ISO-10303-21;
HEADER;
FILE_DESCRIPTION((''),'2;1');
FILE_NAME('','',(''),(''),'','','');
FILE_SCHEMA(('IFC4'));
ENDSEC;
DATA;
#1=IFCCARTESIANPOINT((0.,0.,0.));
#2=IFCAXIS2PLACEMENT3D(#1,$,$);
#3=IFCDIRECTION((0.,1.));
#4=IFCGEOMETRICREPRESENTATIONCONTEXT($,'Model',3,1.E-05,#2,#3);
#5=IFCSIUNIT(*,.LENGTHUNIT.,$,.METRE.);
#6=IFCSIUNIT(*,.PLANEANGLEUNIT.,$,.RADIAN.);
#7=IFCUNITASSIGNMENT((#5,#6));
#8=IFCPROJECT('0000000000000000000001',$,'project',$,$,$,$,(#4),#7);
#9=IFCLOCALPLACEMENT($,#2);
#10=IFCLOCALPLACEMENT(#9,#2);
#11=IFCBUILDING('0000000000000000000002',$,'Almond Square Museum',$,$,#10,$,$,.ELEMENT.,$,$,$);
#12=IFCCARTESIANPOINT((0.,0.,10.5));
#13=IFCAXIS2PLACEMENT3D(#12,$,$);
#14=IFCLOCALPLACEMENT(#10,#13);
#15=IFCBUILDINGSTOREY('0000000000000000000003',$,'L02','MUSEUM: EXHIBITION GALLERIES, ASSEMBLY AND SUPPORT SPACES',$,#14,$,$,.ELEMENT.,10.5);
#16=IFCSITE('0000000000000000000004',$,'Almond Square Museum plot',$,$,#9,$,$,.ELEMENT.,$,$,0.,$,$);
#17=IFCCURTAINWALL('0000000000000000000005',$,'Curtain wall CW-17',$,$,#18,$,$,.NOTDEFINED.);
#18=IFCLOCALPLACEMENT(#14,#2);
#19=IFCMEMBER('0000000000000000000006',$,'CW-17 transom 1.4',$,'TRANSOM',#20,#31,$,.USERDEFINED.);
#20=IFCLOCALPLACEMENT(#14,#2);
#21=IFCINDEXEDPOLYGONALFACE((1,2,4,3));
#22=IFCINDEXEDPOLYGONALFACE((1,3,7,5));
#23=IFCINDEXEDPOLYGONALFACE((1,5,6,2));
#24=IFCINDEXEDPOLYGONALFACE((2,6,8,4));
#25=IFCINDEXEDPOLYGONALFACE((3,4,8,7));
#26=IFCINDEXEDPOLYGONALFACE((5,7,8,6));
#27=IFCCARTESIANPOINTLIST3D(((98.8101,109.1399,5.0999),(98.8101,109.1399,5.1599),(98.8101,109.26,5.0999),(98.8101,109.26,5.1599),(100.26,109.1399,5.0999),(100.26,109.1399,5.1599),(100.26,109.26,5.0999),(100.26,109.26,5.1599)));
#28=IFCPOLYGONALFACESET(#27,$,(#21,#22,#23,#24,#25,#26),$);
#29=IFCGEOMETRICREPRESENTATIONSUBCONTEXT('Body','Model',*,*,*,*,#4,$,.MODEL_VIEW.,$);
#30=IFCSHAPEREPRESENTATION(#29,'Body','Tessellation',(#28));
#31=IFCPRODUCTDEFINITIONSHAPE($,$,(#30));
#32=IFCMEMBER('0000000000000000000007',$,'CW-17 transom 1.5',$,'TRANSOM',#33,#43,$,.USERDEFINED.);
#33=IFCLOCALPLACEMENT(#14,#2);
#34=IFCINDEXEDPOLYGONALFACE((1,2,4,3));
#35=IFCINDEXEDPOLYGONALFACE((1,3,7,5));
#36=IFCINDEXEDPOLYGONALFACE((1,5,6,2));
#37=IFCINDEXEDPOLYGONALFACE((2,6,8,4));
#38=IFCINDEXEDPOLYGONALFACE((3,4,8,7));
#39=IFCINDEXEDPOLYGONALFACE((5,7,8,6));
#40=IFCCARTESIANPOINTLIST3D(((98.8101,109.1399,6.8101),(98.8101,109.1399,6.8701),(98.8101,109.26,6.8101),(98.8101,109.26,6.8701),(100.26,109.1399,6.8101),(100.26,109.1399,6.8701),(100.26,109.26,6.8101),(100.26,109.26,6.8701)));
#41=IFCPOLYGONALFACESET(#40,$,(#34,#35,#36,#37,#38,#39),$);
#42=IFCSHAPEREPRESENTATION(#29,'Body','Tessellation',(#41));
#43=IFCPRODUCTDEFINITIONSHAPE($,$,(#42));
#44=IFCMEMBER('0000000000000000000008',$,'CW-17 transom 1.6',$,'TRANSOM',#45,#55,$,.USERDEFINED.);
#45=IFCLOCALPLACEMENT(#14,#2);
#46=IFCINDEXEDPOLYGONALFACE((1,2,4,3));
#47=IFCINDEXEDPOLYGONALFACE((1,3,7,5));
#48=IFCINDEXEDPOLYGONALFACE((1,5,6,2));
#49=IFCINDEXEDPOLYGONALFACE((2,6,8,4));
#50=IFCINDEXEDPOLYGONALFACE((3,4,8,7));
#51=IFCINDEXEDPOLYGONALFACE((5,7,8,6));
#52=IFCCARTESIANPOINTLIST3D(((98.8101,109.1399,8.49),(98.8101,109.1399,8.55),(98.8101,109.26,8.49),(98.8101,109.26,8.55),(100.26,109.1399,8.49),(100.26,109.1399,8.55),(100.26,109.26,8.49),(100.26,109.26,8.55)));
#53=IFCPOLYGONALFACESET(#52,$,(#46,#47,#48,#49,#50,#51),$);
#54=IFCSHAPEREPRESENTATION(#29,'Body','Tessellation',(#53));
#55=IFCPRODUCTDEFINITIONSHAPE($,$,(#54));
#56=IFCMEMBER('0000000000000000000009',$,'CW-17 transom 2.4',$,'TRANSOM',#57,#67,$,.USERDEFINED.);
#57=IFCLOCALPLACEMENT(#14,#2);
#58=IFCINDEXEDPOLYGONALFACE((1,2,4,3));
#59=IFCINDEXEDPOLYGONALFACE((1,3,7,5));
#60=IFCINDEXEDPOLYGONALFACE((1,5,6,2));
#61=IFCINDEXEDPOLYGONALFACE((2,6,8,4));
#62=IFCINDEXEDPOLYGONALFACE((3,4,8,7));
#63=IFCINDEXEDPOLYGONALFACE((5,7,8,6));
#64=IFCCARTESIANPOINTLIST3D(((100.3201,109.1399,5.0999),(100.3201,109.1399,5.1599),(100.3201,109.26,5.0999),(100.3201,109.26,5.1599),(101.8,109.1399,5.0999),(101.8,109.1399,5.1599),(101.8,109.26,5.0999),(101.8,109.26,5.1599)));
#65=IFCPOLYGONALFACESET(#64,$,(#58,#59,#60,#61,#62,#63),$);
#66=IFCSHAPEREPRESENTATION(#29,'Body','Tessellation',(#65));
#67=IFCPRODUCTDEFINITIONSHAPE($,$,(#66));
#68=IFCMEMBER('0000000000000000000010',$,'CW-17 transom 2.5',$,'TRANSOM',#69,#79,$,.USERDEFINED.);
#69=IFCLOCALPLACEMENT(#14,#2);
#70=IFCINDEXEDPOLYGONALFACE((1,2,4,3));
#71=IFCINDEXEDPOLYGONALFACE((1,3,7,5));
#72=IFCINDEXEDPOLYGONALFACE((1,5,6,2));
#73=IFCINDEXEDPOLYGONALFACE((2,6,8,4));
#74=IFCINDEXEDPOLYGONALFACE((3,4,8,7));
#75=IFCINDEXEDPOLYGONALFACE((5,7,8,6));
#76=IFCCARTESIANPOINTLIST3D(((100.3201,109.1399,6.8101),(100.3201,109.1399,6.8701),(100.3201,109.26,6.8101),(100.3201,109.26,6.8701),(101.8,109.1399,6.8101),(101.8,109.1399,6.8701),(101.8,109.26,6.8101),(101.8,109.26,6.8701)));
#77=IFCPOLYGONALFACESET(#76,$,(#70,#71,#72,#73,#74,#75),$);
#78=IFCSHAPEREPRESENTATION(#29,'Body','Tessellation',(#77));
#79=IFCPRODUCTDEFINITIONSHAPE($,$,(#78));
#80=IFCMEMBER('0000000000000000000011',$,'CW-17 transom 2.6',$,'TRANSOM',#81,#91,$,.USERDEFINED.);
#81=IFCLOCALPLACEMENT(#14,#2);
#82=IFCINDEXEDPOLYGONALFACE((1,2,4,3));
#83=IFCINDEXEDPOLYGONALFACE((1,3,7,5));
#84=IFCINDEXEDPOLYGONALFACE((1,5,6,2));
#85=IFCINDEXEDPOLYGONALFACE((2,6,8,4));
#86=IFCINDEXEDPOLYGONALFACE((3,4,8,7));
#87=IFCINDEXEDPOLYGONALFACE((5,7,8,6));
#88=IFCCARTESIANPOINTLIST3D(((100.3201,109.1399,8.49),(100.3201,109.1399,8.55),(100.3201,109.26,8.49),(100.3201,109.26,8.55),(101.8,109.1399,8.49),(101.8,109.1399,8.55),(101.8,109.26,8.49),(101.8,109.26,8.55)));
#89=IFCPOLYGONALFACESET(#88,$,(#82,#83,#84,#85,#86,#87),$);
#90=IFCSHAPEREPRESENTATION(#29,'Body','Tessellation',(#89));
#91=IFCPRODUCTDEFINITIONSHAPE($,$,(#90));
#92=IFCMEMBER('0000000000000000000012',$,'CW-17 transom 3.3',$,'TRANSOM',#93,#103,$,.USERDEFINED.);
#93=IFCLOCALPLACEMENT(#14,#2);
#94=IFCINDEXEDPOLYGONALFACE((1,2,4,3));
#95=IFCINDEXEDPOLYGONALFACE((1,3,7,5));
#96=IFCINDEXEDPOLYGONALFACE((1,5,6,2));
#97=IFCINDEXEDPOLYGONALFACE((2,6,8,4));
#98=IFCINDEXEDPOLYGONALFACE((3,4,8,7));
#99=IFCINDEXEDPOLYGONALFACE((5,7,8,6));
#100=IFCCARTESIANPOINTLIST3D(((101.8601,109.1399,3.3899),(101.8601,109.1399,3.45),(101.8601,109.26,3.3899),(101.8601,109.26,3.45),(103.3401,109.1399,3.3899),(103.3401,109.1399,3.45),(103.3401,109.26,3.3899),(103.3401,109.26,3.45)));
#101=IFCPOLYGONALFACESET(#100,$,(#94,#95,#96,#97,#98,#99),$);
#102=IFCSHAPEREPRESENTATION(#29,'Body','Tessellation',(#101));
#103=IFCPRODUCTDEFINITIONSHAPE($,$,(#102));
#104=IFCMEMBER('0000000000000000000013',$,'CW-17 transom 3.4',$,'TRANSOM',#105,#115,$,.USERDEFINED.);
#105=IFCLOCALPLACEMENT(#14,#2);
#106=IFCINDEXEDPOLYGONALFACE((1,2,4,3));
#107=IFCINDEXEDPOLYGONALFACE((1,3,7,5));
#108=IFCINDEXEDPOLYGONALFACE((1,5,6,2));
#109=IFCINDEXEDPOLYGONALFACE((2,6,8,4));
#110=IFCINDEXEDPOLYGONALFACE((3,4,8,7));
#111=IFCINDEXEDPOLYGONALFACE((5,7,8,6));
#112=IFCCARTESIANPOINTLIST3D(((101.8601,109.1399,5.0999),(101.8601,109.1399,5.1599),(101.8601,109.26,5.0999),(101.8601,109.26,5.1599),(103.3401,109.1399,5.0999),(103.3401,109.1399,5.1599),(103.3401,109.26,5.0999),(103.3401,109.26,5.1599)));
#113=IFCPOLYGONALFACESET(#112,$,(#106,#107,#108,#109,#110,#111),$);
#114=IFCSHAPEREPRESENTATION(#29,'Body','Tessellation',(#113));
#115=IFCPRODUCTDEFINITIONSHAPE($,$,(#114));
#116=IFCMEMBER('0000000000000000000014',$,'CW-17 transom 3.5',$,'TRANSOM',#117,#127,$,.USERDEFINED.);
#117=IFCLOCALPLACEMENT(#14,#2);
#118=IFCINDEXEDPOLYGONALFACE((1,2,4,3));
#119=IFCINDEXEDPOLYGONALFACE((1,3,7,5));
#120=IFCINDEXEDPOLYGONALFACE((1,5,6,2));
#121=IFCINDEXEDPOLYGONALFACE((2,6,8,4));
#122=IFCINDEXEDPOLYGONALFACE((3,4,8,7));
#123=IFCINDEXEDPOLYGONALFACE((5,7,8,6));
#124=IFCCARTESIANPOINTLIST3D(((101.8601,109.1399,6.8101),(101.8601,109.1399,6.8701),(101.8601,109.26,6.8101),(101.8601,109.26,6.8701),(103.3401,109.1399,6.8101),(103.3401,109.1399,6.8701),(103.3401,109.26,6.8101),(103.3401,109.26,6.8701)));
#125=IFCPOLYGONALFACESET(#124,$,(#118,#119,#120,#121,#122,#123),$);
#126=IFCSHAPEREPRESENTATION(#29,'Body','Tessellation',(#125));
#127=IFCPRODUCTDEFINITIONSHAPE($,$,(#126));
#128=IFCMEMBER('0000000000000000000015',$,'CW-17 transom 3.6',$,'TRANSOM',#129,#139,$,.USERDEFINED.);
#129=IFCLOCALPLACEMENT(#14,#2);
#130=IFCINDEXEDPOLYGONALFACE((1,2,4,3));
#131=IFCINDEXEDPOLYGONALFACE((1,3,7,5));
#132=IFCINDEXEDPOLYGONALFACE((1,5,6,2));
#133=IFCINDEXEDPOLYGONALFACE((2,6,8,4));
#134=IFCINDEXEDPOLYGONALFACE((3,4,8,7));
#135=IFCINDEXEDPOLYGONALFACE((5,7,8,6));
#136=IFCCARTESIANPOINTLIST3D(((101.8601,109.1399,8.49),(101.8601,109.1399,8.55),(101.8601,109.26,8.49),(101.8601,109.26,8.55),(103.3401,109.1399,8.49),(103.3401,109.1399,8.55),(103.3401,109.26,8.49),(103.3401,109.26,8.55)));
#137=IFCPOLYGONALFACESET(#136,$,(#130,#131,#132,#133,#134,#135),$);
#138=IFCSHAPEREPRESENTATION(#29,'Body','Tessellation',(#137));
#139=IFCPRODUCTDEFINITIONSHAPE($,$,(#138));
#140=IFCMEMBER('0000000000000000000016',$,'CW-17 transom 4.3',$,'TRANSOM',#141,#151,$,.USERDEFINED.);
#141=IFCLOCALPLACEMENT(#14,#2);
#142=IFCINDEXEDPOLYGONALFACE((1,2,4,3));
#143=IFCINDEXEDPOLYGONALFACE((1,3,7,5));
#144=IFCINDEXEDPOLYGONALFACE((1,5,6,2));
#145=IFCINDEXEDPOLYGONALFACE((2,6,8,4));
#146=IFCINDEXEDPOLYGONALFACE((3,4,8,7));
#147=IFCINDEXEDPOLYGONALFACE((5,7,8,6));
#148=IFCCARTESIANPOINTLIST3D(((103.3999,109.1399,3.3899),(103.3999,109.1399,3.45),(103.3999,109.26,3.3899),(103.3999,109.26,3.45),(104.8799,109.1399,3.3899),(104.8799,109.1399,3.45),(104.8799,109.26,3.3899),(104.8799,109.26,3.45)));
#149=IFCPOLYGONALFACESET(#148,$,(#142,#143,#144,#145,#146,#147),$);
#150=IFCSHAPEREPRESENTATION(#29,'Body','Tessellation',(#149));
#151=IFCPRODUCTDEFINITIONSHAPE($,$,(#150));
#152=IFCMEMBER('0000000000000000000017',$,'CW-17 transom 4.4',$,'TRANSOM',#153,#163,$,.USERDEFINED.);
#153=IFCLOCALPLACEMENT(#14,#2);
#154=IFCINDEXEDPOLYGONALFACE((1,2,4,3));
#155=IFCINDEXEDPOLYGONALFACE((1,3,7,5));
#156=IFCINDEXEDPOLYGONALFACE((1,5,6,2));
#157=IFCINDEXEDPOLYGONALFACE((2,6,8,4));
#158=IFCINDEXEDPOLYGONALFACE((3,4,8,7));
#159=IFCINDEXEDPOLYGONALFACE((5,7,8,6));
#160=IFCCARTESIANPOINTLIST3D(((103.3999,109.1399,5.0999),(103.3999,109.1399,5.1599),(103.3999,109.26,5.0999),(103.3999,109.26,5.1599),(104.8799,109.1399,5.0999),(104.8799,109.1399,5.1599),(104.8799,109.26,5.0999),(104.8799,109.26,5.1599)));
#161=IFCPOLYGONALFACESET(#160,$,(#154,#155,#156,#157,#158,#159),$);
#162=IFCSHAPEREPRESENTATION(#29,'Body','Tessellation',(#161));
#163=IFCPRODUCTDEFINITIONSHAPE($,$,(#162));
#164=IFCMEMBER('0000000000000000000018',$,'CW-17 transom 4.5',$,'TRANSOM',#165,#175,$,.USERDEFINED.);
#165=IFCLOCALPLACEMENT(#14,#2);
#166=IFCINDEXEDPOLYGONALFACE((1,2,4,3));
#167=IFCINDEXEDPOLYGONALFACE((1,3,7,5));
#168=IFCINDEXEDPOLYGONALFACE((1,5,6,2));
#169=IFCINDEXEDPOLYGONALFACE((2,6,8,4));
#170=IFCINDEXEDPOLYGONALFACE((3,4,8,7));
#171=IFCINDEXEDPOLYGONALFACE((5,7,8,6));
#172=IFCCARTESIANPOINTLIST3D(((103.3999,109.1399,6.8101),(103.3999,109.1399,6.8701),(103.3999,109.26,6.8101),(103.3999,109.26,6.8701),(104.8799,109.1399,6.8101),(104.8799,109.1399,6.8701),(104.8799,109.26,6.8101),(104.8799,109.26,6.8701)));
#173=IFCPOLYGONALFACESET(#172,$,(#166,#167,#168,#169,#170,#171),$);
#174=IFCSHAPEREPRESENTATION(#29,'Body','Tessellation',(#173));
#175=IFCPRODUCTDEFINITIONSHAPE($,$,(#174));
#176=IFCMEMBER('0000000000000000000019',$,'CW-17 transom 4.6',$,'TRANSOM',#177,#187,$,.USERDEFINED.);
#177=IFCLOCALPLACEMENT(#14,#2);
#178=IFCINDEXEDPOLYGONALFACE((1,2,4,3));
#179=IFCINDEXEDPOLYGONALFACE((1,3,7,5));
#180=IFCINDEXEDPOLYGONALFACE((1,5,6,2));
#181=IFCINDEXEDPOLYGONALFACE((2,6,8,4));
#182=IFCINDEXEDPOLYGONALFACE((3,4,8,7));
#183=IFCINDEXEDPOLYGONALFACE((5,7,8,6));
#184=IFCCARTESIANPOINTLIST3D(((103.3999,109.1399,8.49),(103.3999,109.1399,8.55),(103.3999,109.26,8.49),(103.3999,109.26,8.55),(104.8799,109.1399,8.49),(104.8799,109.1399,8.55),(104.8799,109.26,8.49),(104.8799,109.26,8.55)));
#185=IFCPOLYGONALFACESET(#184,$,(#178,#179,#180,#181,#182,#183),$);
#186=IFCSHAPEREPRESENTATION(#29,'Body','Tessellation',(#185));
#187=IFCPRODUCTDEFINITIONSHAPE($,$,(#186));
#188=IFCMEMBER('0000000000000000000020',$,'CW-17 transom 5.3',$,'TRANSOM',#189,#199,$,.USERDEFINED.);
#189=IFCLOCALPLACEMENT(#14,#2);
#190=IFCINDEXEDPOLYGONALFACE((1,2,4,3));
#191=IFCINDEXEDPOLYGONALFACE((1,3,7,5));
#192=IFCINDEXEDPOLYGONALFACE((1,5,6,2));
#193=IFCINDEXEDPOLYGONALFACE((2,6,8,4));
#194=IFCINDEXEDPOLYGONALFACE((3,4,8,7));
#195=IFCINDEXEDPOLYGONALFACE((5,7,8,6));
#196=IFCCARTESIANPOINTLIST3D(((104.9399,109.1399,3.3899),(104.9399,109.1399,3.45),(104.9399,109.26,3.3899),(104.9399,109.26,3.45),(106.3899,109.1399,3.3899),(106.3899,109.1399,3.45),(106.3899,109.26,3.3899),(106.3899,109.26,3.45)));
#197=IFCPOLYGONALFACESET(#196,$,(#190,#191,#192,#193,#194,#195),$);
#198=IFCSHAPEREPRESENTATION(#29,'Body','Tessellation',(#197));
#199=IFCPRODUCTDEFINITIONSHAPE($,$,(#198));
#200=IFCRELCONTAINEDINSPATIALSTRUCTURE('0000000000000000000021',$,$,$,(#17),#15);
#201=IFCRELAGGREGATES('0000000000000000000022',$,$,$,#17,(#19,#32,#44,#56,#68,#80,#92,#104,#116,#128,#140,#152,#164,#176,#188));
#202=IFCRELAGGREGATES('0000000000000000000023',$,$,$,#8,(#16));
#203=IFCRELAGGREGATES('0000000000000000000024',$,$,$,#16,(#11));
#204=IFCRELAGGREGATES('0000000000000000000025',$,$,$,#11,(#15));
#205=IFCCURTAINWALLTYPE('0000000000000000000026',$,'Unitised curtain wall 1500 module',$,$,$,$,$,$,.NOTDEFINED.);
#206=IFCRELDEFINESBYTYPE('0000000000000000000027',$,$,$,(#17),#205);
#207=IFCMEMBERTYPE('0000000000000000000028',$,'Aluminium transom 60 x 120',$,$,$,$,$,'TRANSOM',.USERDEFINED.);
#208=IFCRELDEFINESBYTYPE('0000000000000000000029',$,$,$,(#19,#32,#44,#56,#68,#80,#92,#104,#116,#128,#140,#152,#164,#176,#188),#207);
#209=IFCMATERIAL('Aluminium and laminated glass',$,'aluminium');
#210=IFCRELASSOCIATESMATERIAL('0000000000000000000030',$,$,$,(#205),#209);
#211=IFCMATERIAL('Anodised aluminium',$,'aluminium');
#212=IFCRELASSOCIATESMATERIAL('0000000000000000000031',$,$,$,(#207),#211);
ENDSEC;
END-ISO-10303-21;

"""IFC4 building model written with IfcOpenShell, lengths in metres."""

from ifc_helpers import new_model, si_unit, direction, frame, origin, origin_2d, place, context, subcontext, project, spatial, rectangle, extrude, material, material_profile, profile_set, type_object, element, aggregate, save


model = new_model("IFC4")

# Units and contexts
model_context = context("Model", 3, precision=1e-05, world=origin(), true_north=direction((0.0, 1.0)))
body_context = subcontext(model_context, "Body", "Model", "MODEL_VIEW")
ifc_project = project(units=[si_unit("LENGTHUNIT", "METRE"), si_unit("PLANEANGLEUNIT", "RADIAN")], contexts=[model_context])

# Site, building, storey
site_placement = place(None, origin())
site = spatial("IfcSite", under=ifc_project, at=site_placement, Name="Almond Square Museum plot", CompositionType="ELEMENT", RefElevation=0.0)
building_placement = place(site_placement, origin())
building = spatial("IfcBuilding", under=site, at=building_placement, Name="Almond Square Museum", CompositionType="ELEMENT")
storey_placement = place(building_placement, frame((0.0, 0.0, 10.5)))
storey = spatial("IfcBuildingStorey", under=building, at=storey_placement, Name="L02", Description="MUSEUM: EXHIBITION GALLERIES, ASSEMBLY AND SUPPORT SPACES", CompositionType="ELEMENT", Elevation=10.5)

# Curtain wall, members
ifc_material_1 = material(Name="Aluminium and laminated glass", Category="aluminium")
curtain_wall_type = type_object("IfcCurtainWallType", Name="Unitised curtain wall 1500 module", PredefinedType="NOTDEFINED", material=ifc_material_1)
curtain_wall_placement = place(storey_placement, origin())
curtain_wall = element("IfcCurtainWall", 1, at=curtain_wall_placement, inside=storey, type_object=curtain_wall_type, Name="Curtain wall CW-17", PredefinedType="NOTDEFINED")
ifc_material_2 = material(Name="Anodised aluminium", Category="aluminium")
ifc_material_profile = material_profile(ifc_material_2, rectangle(XDim=0.1201, YDim=0.0601, at=origin_2d()))
ifc_profile_set = profile_set([ifc_material_profile], Name="Anodised aluminium")
member_type = type_object("IfcMemberType", Name="Aluminium transom 60 x 120", ElementType="TRANSOM", PredefinedType="USERDEFINED", material=ifc_profile_set)
member_1_placement = place(storey_placement, frame((98.8101, 109.2, 5.1299), z_axis=(1.0, 0.0, 0.0), x_axis=(0.0, 1.0, 0.0)))
member_1 = element("IfcMember", 2, at=member_1_placement, type_object=member_type, Name="CW-17 transom 1.4", ObjectType="TRANSOM", PredefinedType="USERDEFINED", context=body_context, shape_type="SweptSolid", body=[
    extrude(rectangle(XDim=0.1201, YDim=0.0601, at=origin_2d()), origin(), (0.0, 0.0, 1.0), 1.45),
])
member_2_placement = place(storey_placement, frame((98.8101, 109.2, 6.8401), z_axis=(1.0, 0.0, 0.0), x_axis=(0.0, 1.0, 0.0)))
member_2 = element("IfcMember", 3, at=member_2_placement, type_object=member_type, Name="CW-17 transom 1.5", ObjectType="TRANSOM", PredefinedType="USERDEFINED", context=body_context, shape_type="SweptSolid", body=[
    extrude(rectangle(XDim=0.1201, YDim=0.0601, at=origin_2d()), origin(), (0.0, 0.0, 1.0), 1.45),
])
member_3_placement = place(storey_placement, frame((98.8101, 109.2, 8.52), z_axis=(1.0, 0.0, 0.0), x_axis=(0.0, 1.0, 0.0)))
member_3 = element("IfcMember", 4, at=member_3_placement, type_object=member_type, Name="CW-17 transom 1.6", ObjectType="TRANSOM", PredefinedType="USERDEFINED", context=body_context, shape_type="SweptSolid", body=[
    extrude(rectangle(XDim=0.1201, YDim=0.0601, at=origin_2d()), origin(), (0.0, 0.0, 1.0), 1.45),
])
member_4_placement = place(storey_placement, frame((100.3201, 109.2, 5.1299), z_axis=(1.0, 0.0, 0.0), x_axis=(0.0, 1.0, 0.0)))
member_4 = element("IfcMember", 5, at=member_4_placement, type_object=member_type, Name="CW-17 transom 2.4", ObjectType="TRANSOM", PredefinedType="USERDEFINED", context=body_context, shape_type="SweptSolid", body=[
    extrude(rectangle(XDim=0.1201, YDim=0.0601, at=origin_2d()), origin(), (0.0, 0.0, 1.0), 1.48),
])
member_5_placement = place(storey_placement, frame((100.3201, 109.2, 6.8401), z_axis=(1.0, 0.0, 0.0), x_axis=(0.0, 1.0, 0.0)))
member_5 = element("IfcMember", 6, at=member_5_placement, type_object=member_type, Name="CW-17 transom 2.5", ObjectType="TRANSOM", PredefinedType="USERDEFINED", context=body_context, shape_type="SweptSolid", body=[
    extrude(rectangle(XDim=0.1201, YDim=0.0601, at=origin_2d()), origin(), (0.0, 0.0, 1.0), 1.48),
])
member_6_placement = place(storey_placement, frame((100.3201, 109.2, 8.52), z_axis=(1.0, 0.0, 0.0), x_axis=(0.0, 1.0, 0.0)))
member_6 = element("IfcMember", 7, at=member_6_placement, type_object=member_type, Name="CW-17 transom 2.6", ObjectType="TRANSOM", PredefinedType="USERDEFINED", context=body_context, shape_type="SweptSolid", body=[
    extrude(rectangle(XDim=0.1201, YDim=0.0601, at=origin_2d()), origin(), (0.0, 0.0, 1.0), 1.48),
])
member_7_placement = place(storey_placement, frame((101.8601, 109.2, 3.4199), z_axis=(1.0, 0.0, 0.0), x_axis=(0.0, 1.0, 0.0)))
member_7 = element("IfcMember", 8, at=member_7_placement, type_object=member_type, Name="CW-17 transom 3.3", ObjectType="TRANSOM", PredefinedType="USERDEFINED", context=body_context, shape_type="SweptSolid", body=[
    extrude(rectangle(XDim=0.1201, YDim=0.0601, at=origin_2d()), origin(), (0.0, 0.0, 1.0), 1.48),
])
member_8_placement = place(storey_placement, frame((101.8601, 109.2, 5.1299), z_axis=(1.0, 0.0, 0.0), x_axis=(0.0, 1.0, 0.0)))
member_8 = element("IfcMember", 9, at=member_8_placement, type_object=member_type, Name="CW-17 transom 3.4", ObjectType="TRANSOM", PredefinedType="USERDEFINED", context=body_context, shape_type="SweptSolid", body=[
    extrude(rectangle(XDim=0.1201, YDim=0.0601, at=origin_2d()), origin(), (0.0, 0.0, 1.0), 1.48),
])
member_9_placement = place(storey_placement, frame((101.8601, 109.2, 6.8401), z_axis=(1.0, 0.0, 0.0), x_axis=(0.0, 1.0, 0.0)))
member_9 = element("IfcMember", 10, at=member_9_placement, type_object=member_type, Name="CW-17 transom 3.5", ObjectType="TRANSOM", PredefinedType="USERDEFINED", context=body_context, shape_type="SweptSolid", body=[
    extrude(rectangle(XDim=0.1201, YDim=0.0601, at=origin_2d()), origin(), (0.0, 0.0, 1.0), 1.48),
])
member_10_placement = place(storey_placement, frame((101.8601, 109.2, 8.52), z_axis=(1.0, 0.0, 0.0), x_axis=(0.0, 1.0, 0.0)))
member_10 = element("IfcMember", 11, at=member_10_placement, type_object=member_type, Name="CW-17 transom 3.6", ObjectType="TRANSOM", PredefinedType="USERDEFINED", context=body_context, shape_type="SweptSolid", body=[
    extrude(rectangle(XDim=0.1201, YDim=0.0601, at=origin_2d()), origin(), (0.0, 0.0, 1.0), 1.48),
])
member_11_placement = place(storey_placement, frame((103.3999, 109.2, 3.4199), z_axis=(1.0, 0.0, 0.0), x_axis=(0.0, 1.0, 0.0)))
member_11 = element("IfcMember", 12, at=member_11_placement, type_object=member_type, Name="CW-17 transom 4.3", ObjectType="TRANSOM", PredefinedType="USERDEFINED", context=body_context, shape_type="SweptSolid", body=[
    extrude(rectangle(XDim=0.1201, YDim=0.0601, at=origin_2d()), origin(), (0.0, 0.0, 1.0), 1.48),
])
member_12_placement = place(storey_placement, frame((103.3999, 109.2, 5.1299), z_axis=(1.0, 0.0, 0.0), x_axis=(0.0, 1.0, 0.0)))
member_12 = element("IfcMember", 13, at=member_12_placement, type_object=member_type, Name="CW-17 transom 4.4", ObjectType="TRANSOM", PredefinedType="USERDEFINED", context=body_context, shape_type="SweptSolid", body=[
    extrude(rectangle(XDim=0.1201, YDim=0.0601, at=origin_2d()), origin(), (0.0, 0.0, 1.0), 1.48),
])
member_13_placement = place(storey_placement, frame((103.3999, 109.2, 6.8401), z_axis=(1.0, 0.0, 0.0), x_axis=(0.0, 1.0, 0.0)))
member_13 = element("IfcMember", 14, at=member_13_placement, type_object=member_type, Name="CW-17 transom 4.5", ObjectType="TRANSOM", PredefinedType="USERDEFINED", context=body_context, shape_type="SweptSolid", body=[
    extrude(rectangle(XDim=0.1201, YDim=0.0601, at=origin_2d()), origin(), (0.0, 0.0, 1.0), 1.48),
])
member_14_placement = place(storey_placement, frame((103.3999, 109.2, 8.52), z_axis=(1.0, 0.0, 0.0), x_axis=(0.0, 1.0, 0.0)))
member_14 = element("IfcMember", 15, at=member_14_placement, type_object=member_type, Name="CW-17 transom 4.6", ObjectType="TRANSOM", PredefinedType="USERDEFINED", context=body_context, shape_type="SweptSolid", body=[
    extrude(rectangle(XDim=0.1201, YDim=0.0601, at=origin_2d()), origin(), (0.0, 0.0, 1.0), 1.48),
])
member_15_placement = place(storey_placement, frame((104.9399, 109.2, 3.4199), z_axis=(1.0, 0.0, 0.0), x_axis=(0.0, 1.0, 0.0)))
member_15 = element("IfcMember", 16, at=member_15_placement, type_object=member_type, Name="CW-17 transom 5.3", ObjectType="TRANSOM", PredefinedType="USERDEFINED", context=body_context, shape_type="SweptSolid", body=[
    extrude(rectangle(XDim=0.1201, YDim=0.0601, at=origin_2d()), origin(), (0.0, 0.0, 1.0), 1.45),
])
aggregate(curtain_wall, [member_1, member_2, member_3, member_4, member_5, member_6, member_7, member_8, member_9, member_10, member_11, member_12, member_13, member_14, member_15])

save(model, "model.ifc")
